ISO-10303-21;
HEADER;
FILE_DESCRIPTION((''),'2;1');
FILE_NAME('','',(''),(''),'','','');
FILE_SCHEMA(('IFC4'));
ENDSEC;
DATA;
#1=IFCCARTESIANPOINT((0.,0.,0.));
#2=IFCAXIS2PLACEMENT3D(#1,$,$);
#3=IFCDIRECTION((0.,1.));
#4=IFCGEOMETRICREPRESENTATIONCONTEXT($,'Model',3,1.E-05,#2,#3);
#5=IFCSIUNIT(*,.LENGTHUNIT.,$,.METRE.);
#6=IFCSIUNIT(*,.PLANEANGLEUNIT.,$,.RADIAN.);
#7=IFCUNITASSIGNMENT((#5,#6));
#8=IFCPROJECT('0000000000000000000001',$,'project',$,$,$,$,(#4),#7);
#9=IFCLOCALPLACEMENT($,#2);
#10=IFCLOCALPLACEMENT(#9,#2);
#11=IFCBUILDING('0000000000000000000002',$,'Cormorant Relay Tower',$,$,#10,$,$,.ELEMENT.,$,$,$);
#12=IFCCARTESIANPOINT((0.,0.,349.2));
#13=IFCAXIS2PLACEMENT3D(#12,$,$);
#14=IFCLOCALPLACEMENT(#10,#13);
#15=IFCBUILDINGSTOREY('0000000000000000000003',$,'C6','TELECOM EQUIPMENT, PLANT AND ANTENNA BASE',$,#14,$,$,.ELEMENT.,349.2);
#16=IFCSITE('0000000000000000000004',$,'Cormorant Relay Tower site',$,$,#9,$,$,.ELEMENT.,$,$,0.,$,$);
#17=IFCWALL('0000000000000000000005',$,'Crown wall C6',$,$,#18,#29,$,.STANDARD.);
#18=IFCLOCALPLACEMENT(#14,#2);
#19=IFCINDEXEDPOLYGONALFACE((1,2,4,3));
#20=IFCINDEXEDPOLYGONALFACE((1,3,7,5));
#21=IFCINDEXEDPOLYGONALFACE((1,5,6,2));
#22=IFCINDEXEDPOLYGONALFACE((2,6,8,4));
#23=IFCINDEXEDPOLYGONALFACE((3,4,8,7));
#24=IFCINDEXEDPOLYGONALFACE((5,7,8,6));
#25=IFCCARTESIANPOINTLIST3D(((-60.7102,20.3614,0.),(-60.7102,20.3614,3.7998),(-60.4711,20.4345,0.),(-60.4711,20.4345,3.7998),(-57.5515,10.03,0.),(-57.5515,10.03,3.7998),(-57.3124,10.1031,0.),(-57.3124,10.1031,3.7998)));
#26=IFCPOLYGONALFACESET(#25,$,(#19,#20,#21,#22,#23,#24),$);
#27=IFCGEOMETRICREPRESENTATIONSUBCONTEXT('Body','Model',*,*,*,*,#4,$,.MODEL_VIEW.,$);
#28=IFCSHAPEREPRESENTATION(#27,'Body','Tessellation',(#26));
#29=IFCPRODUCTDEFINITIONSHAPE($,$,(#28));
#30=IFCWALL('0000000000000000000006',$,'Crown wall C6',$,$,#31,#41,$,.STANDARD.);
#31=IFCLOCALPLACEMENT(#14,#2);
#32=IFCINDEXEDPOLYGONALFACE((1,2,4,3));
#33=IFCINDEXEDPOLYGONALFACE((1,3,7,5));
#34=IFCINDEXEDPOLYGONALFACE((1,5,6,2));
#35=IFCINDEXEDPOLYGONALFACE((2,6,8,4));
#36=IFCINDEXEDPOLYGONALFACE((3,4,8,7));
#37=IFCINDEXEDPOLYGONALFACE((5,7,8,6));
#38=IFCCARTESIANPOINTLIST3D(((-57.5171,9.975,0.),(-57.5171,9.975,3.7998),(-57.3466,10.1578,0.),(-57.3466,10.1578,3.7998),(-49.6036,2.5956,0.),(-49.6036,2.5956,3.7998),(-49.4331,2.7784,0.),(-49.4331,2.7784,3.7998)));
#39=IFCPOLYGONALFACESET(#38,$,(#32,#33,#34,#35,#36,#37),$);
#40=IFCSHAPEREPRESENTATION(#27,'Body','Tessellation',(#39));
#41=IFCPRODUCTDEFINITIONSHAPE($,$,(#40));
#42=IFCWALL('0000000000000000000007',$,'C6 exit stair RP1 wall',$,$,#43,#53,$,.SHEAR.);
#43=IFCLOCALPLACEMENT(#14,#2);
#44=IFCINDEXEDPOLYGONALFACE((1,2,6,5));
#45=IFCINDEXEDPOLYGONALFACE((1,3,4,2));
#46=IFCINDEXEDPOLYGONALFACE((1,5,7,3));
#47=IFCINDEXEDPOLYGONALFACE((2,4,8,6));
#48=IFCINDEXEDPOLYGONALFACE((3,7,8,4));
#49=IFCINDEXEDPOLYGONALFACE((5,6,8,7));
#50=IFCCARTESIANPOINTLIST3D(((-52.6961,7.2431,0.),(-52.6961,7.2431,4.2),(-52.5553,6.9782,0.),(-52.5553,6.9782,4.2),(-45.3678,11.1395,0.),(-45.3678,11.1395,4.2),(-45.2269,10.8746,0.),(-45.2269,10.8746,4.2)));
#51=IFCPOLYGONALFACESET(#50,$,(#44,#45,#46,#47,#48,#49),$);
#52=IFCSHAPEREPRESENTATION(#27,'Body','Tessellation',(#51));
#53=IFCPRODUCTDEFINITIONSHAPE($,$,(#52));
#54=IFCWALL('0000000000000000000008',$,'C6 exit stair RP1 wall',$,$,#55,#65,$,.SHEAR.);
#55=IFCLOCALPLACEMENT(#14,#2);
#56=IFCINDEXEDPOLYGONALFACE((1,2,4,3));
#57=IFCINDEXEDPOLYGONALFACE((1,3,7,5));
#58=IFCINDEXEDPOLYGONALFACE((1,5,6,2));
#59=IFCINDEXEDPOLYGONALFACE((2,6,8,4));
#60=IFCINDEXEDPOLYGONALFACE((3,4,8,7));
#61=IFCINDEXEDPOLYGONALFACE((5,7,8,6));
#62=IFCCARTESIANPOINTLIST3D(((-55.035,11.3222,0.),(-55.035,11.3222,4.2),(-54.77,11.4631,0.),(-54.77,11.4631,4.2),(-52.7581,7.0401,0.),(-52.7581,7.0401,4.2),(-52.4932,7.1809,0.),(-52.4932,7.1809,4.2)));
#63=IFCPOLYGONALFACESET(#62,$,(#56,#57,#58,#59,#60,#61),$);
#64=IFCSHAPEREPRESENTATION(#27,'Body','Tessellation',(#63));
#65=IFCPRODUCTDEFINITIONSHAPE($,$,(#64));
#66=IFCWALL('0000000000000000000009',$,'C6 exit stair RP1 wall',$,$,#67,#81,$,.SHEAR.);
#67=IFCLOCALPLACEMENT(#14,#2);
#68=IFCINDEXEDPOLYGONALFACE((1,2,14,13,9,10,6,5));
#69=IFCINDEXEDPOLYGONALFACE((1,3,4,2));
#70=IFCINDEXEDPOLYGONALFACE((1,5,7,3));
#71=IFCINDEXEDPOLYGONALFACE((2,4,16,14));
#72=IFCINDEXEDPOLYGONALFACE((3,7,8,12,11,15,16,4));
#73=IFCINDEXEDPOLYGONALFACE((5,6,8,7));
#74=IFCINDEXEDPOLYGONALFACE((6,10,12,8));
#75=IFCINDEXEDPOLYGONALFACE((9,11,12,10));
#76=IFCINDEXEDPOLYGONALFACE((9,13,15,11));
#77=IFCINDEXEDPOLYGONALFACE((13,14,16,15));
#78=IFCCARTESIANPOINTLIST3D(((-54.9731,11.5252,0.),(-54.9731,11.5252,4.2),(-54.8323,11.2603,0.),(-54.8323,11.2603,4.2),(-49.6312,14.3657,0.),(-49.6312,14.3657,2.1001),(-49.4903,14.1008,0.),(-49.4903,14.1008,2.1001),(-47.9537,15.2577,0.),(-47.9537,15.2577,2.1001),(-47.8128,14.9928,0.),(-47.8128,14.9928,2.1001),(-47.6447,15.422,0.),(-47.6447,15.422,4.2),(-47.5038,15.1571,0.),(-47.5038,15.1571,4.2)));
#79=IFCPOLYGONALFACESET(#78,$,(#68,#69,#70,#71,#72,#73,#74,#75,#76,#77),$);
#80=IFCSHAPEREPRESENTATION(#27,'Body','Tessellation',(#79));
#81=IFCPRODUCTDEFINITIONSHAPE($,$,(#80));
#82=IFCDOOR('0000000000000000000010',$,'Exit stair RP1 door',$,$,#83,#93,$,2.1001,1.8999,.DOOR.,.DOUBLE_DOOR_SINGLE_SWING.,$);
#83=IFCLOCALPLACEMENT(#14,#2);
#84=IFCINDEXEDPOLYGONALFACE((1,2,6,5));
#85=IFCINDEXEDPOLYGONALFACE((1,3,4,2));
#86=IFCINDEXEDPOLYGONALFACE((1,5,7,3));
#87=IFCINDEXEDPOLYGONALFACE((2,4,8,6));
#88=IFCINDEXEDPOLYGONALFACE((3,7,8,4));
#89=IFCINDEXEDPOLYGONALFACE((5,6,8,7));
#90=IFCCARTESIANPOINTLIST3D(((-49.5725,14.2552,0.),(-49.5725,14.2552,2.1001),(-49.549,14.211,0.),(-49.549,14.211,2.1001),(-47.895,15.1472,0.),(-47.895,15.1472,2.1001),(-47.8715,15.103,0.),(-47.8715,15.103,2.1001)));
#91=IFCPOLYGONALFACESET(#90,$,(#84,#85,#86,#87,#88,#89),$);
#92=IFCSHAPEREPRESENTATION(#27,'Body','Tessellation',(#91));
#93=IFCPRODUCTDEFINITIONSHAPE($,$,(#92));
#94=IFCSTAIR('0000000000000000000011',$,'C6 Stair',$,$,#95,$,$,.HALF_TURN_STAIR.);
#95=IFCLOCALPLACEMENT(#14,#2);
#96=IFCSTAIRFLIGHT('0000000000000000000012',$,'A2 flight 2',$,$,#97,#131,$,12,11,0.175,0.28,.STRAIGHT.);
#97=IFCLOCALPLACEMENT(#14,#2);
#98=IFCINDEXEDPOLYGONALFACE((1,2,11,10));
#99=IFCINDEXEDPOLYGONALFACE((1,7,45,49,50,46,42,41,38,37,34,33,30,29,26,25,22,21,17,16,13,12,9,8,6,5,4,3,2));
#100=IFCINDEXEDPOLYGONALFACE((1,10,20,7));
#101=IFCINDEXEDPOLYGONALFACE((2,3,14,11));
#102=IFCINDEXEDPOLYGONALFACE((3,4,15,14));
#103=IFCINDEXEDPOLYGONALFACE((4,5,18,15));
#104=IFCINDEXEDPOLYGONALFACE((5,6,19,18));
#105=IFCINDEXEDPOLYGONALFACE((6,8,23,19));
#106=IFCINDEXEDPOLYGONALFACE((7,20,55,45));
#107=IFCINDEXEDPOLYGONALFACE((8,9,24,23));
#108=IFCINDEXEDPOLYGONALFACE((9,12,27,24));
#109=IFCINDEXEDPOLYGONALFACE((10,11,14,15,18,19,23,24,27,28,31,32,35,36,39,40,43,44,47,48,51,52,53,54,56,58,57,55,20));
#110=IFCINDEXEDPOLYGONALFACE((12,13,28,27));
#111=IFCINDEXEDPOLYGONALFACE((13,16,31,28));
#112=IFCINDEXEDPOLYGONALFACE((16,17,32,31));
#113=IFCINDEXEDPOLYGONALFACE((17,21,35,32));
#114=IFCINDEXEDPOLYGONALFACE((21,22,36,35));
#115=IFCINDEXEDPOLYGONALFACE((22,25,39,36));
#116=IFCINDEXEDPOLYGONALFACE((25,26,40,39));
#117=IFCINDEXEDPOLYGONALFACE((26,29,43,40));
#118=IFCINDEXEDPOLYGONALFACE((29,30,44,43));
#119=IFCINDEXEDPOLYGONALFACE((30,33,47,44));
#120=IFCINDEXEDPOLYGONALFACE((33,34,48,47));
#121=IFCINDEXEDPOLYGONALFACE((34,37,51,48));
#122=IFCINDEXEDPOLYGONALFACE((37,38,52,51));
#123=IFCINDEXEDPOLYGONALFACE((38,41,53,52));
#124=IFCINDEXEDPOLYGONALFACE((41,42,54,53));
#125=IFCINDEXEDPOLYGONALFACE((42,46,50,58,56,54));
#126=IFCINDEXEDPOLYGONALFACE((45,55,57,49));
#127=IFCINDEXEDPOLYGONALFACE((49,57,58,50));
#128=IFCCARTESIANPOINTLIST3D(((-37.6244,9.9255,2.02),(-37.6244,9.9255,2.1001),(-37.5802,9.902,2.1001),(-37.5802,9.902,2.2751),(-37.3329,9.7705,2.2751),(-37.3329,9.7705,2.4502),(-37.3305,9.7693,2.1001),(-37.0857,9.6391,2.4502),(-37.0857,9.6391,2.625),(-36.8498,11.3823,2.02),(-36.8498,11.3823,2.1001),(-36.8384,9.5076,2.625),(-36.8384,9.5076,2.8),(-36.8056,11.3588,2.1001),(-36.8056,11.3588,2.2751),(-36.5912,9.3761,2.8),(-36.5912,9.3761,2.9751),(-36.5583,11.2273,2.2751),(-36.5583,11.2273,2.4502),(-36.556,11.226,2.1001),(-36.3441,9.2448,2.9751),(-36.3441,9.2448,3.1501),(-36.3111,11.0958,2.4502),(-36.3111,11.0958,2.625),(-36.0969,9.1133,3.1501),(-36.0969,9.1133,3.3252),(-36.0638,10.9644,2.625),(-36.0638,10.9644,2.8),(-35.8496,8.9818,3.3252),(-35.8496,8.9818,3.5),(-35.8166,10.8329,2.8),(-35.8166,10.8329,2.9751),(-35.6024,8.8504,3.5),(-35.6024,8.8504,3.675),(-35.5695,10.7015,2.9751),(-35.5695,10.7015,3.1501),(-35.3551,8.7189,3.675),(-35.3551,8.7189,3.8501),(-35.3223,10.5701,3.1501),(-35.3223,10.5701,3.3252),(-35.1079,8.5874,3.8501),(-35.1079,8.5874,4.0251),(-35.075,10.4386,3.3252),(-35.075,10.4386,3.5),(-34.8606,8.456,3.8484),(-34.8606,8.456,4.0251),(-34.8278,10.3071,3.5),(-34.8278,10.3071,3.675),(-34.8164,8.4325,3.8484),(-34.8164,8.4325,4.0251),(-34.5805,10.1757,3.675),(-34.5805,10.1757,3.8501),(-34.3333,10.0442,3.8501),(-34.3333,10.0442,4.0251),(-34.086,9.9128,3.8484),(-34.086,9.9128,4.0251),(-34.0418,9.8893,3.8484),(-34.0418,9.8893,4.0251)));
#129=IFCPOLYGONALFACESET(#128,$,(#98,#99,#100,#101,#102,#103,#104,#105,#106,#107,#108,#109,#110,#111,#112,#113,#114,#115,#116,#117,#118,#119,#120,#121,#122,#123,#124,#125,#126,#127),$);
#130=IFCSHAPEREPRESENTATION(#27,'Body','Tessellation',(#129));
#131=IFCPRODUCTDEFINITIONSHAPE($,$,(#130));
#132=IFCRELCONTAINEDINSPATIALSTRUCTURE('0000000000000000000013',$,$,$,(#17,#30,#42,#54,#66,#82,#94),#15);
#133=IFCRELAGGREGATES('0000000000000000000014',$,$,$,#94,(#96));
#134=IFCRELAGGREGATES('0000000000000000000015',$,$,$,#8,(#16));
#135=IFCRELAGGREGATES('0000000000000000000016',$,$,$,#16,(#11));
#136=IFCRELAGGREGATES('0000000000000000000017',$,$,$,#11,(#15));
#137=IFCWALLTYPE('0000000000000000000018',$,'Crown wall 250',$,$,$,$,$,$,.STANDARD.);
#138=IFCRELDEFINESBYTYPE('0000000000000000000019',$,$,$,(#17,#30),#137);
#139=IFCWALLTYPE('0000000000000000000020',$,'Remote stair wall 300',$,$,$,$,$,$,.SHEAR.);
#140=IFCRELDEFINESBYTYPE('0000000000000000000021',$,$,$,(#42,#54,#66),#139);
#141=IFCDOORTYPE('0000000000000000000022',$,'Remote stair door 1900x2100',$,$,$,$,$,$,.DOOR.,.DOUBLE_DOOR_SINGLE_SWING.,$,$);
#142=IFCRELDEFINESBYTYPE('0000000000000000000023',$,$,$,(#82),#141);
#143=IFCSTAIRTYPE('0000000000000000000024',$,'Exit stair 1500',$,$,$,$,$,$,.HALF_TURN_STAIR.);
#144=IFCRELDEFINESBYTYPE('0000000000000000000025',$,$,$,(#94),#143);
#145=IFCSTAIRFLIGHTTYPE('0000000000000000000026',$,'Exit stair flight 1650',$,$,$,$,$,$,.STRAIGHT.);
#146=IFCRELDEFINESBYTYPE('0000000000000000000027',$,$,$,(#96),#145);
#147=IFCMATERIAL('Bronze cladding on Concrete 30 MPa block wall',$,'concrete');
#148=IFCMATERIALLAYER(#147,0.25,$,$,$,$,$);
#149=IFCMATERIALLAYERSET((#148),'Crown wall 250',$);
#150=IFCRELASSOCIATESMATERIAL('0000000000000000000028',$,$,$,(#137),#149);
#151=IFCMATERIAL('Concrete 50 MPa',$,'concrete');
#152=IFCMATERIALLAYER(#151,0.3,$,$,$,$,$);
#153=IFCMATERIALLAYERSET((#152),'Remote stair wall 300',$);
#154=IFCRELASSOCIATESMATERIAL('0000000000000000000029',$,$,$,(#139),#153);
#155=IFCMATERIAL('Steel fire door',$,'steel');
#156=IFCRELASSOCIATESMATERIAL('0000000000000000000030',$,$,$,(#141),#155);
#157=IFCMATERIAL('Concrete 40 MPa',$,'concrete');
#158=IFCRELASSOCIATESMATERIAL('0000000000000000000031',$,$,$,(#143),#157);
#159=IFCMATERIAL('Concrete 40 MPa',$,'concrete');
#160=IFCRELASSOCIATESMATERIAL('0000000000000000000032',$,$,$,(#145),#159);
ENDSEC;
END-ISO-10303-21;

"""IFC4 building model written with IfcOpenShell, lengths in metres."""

from ifc_helpers import new_model, si_unit, direction, frame, frame_2d, origin, place, context, subcontext, project, spatial, polyline, rectangle, outline, extrude, material, layer, layer_set, type_object, element, fill, aggregate, save


model = new_model("IFC4")

# Units and contexts
model_context = context("Model", 3, precision=1e-05, world=origin(), true_north=direction((0.0, 1.0)))
body_context = subcontext(model_context, "Body", "Model", "MODEL_VIEW")
ifc_project = project(units=[si_unit("LENGTHUNIT", "METRE"), si_unit("PLANEANGLEUNIT", "RADIAN")], contexts=[model_context])

# Site, building, storey
site_placement = place(None, origin())
site = spatial("IfcSite", under=ifc_project, at=site_placement, Name="Cormorant Relay Tower site", CompositionType="ELEMENT", RefElevation=0.0)
building_placement = place(site_placement, origin())
building = spatial("IfcBuilding", under=site, at=building_placement, Name="Cormorant Relay Tower", CompositionType="ELEMENT")
storey_placement = place(building_placement, frame((0.0, 0.0, 349.2)))
storey = spatial("IfcBuildingStorey", under=building, at=storey_placement, Name="C6", Description="TELECOM EQUIPMENT, PLANT AND ANTENNA BASE", CompositionType="ELEMENT", Elevation=349.2)

# Walls
ifc_material_1 = material(Name="Bronze cladding on Concrete 30 MPa block wall", Category="concrete")
ifc_layer_1 = layer(ifc_material_1, 0.25)
ifc_layer_set_1 = layer_set([ifc_layer_1], Name="Crown wall 250")
wall_type_1 = type_object("IfcWallType", Name="Crown wall 250", PredefinedType="STANDARD", material=ifc_layer_set_1)
wall_1_placement = place(storey_placement, frame((-57.4319, 10.0664, 0.0), z_axis=(0.0, 0.0, 1.0), x_axis=(-0.29238, 0.956302, 0.0)))
element("IfcWall", 1, at=wall_1_placement, inside=storey, type_object=wall_type_1, Name="Crown wall C6", PredefinedType="STANDARD", context=body_context, shape_type="SweptSolid", body=[
    extrude(rectangle(XDim=10.8035, YDim=0.25, at=frame_2d((5.4019, 0.0))), origin(), (0.0, 0.0, 1.0), 3.7998),
])
wall_2_placement = place(storey_placement, frame((-49.5183, 2.687, 0.0), z_axis=(0.0, 0.0, 1.0), x_axis=(-0.73136, 0.681992, 0.0)))
element("IfcWall", 2, at=wall_2_placement, inside=storey, type_object=wall_type_1, Name="Crown wall C6", PredefinedType="STANDARD", context=body_context, shape_type="SweptSolid", body=[
    extrude(rectangle(XDim=10.8203, YDim=0.25, at=frame_2d((5.4102, 0.0))), origin(), (0.0, 0.0, 1.0), 3.7998),
])
ifc_material_2 = material(Name="Concrete 50 MPa", Category="concrete")
ifc_layer_2 = layer(ifc_material_2, 0.3)
ifc_layer_set_2 = layer_set([ifc_layer_2], Name="Remote stair wall 300")
wall_type_2 = type_object("IfcWallType", Name="Remote stair wall 300", PredefinedType="SHEAR", material=ifc_layer_set_2)
wall_3_placement = place(storey_placement, frame((-45.2974, 11.0071, 0.0), z_axis=(0.0, 0.0, 1.0), x_axis=(-0.882952, -0.469464, 0.0)))
element("IfcWall", 3, at=wall_3_placement, inside=storey, type_object=wall_type_2, Name="C6 exit stair RP1 wall", PredefinedType="SHEAR", context=body_context, shape_type="SweptSolid", body=[
    extrude(rectangle(XDim=8.2998, YDim=0.3, at=frame_2d((4.1499, 0.0))), origin(), (0.0, 0.0, 1.0), 4.2),
])
wall_4_placement = place(storey_placement, frame((-52.6257, 7.1106, 0.0), z_axis=(0.0, 0.0, 1.0), x_axis=(-0.469464, 0.882951, 0.0)))
element("IfcWall", 4, at=wall_4_placement, inside=storey, type_object=wall_type_2, Name="C6 exit stair RP1 wall", PredefinedType="SHEAR", context=body_context, shape_type="SweptSolid", body=[
    extrude(rectangle(XDim=4.8499, YDim=0.3, at=frame_2d((2.4248, 0.0))), origin(), (0.0, 0.0, 1.0), 4.2),
])

# Wall, opening, door
wall_5_placement = place(storey_placement, frame((-54.9026, 11.3928, 0.0), z_axis=(0.0, 0.0, 1.0), x_axis=(0.882939, 0.469487, 0.0)))
wall_5 = element("IfcWall", 5, at=wall_5_placement, inside=storey, type_object=wall_type_2, Name="C6 exit stair RP1 wall", PredefinedType="SHEAR", context=body_context, shape_type="SweptSolid", body=[
    extrude(rectangle(XDim=8.3, YDim=0.3, at=frame_2d((4.1499, 0.0))), origin(), (0.0, 0.0, 1.0), 4.2),
])
opening_1_placement = place(wall_5_placement, frame((6.05, 0.0, 0.0)))
opening_1 = element("IfcOpeningElement", 6, at=opening_1_placement, cuts=wall_5, PredefinedType="OPENING", context=body_context, shape_type="SweptSolid", body=[
    extrude(rectangle(XDim=1.8999, YDim=2.1001, at=frame_2d((0.95, 1.05))), frame((0.0, 0.1599, 0.0), z_axis=(0.0, -1.0, 0.0), x_axis=(1.0, 0.0, 0.0)), (0.0, 0.0, 1.0), 0.3201),
])
ifc_material_3 = material(Name="Steel fire door", Category="steel")
door_type_1 = type_object("IfcDoorType", Name="Remote stair door 1900x2100", OperationType="DOUBLE_DOOR_SINGLE_SWING", PredefinedType="DOOR", material=ifc_material_3)
door_1_placement = place(opening_1_placement, origin())
door_1 = element("IfcDoor", 7, at=door_1_placement, inside=storey, type_object=door_type_1, Name="Exit stair RP1 door", OperationType="DOUBLE_DOOR_SINGLE_SWING", OverallHeight=2.1001, OverallWidth=1.8999, PredefinedType="DOOR", context=body_context, shape_type="SweptSolid", body=[
    extrude(rectangle(XDim=1.8999, YDim=2.1001, at=frame_2d((0.95, 1.05))), frame((0.0, 0.0249, 0.0), z_axis=(0.0, -1.0, 0.0), x_axis=(1.0, 0.0, 0.0)), (0.0, 0.0, 1.0), 0.05),
])
fill(opening_1, door_1)

# Stair, stair flight
ifc_material_4 = material(Name="Concrete 40 MPa", Category="concrete")
stair_type_1 = type_object("IfcStairType", Name="Exit stair 1500", PredefinedType="HALF_TURN_STAIR", material=ifc_material_4)
stair_1_placement = place(storey_placement, origin())
stair_1 = element("IfcStair", 8, at=stair_1_placement, inside=storey, type_object=stair_type_1, Name="C6 Stair", PredefinedType="HALF_TURN_STAIR")
ifc_material_5 = material(Name="Concrete 40 MPa", Category="concrete")
stair_flight_type_1 = type_object("IfcStairFlightType", Name="Exit stair flight 1650", PredefinedType="STRAIGHT", material=ifc_material_5)
stair_flight_1_placement = place(storey_placement, frame((-37.1929, 10.6304, 2.1001), z_axis=(0.0, 0.0, 1.0), x_axis=(0.882948, -0.469472, 0.0)))
stair_flight_1 = element("IfcStairFlight", 9, at=stair_flight_1_placement, type_object=stair_flight_type_1, Name="A2 flight 2", NumberOfRisers=12, NumberOfTreads=11, PredefinedType="STRAIGHT", RiserHeight=0.175, TreadLength=0.28, context=body_context, shape_type="SweptSolid", body=[
    extrude(outline(polyline([(-0.05, -0.0801), (-0.05, 0.0), (0.0, 0.0), (0.0, 0.175), (0.28, 0.175), (0.28, 0.3501), (0.5601, 0.3501), (0.5601, 0.5249), (0.8401, 0.5249), (0.8401, 0.7), (1.1201, 0.7), (1.1201, 0.875), (1.3999, 0.875), (1.3999, 1.05), (1.6799, 1.05), (1.6799, 1.2251), (1.96, 1.2251), (1.96, 1.3999), (2.24, 1.3999), (2.24, 1.575), (2.52, 1.575), (2.52, 1.75), (2.8, 1.75), (2.8, 1.925), (3.0801, 1.925), (3.1301, 1.925), (3.1301, 1.7483), (3.0801, 1.7483), (0.2827, 0.0), (-0.05, -0.0801)])), frame((0.0, 0.825, 0.0), z_axis=(0.0, -1.0, 0.0), x_axis=(1.0, 0.0, 0.0)), (0.0, 0.0, 1.0), 1.6499),
])
aggregate(stair_1, [stair_flight_1])

save(model, "model.ifc")
